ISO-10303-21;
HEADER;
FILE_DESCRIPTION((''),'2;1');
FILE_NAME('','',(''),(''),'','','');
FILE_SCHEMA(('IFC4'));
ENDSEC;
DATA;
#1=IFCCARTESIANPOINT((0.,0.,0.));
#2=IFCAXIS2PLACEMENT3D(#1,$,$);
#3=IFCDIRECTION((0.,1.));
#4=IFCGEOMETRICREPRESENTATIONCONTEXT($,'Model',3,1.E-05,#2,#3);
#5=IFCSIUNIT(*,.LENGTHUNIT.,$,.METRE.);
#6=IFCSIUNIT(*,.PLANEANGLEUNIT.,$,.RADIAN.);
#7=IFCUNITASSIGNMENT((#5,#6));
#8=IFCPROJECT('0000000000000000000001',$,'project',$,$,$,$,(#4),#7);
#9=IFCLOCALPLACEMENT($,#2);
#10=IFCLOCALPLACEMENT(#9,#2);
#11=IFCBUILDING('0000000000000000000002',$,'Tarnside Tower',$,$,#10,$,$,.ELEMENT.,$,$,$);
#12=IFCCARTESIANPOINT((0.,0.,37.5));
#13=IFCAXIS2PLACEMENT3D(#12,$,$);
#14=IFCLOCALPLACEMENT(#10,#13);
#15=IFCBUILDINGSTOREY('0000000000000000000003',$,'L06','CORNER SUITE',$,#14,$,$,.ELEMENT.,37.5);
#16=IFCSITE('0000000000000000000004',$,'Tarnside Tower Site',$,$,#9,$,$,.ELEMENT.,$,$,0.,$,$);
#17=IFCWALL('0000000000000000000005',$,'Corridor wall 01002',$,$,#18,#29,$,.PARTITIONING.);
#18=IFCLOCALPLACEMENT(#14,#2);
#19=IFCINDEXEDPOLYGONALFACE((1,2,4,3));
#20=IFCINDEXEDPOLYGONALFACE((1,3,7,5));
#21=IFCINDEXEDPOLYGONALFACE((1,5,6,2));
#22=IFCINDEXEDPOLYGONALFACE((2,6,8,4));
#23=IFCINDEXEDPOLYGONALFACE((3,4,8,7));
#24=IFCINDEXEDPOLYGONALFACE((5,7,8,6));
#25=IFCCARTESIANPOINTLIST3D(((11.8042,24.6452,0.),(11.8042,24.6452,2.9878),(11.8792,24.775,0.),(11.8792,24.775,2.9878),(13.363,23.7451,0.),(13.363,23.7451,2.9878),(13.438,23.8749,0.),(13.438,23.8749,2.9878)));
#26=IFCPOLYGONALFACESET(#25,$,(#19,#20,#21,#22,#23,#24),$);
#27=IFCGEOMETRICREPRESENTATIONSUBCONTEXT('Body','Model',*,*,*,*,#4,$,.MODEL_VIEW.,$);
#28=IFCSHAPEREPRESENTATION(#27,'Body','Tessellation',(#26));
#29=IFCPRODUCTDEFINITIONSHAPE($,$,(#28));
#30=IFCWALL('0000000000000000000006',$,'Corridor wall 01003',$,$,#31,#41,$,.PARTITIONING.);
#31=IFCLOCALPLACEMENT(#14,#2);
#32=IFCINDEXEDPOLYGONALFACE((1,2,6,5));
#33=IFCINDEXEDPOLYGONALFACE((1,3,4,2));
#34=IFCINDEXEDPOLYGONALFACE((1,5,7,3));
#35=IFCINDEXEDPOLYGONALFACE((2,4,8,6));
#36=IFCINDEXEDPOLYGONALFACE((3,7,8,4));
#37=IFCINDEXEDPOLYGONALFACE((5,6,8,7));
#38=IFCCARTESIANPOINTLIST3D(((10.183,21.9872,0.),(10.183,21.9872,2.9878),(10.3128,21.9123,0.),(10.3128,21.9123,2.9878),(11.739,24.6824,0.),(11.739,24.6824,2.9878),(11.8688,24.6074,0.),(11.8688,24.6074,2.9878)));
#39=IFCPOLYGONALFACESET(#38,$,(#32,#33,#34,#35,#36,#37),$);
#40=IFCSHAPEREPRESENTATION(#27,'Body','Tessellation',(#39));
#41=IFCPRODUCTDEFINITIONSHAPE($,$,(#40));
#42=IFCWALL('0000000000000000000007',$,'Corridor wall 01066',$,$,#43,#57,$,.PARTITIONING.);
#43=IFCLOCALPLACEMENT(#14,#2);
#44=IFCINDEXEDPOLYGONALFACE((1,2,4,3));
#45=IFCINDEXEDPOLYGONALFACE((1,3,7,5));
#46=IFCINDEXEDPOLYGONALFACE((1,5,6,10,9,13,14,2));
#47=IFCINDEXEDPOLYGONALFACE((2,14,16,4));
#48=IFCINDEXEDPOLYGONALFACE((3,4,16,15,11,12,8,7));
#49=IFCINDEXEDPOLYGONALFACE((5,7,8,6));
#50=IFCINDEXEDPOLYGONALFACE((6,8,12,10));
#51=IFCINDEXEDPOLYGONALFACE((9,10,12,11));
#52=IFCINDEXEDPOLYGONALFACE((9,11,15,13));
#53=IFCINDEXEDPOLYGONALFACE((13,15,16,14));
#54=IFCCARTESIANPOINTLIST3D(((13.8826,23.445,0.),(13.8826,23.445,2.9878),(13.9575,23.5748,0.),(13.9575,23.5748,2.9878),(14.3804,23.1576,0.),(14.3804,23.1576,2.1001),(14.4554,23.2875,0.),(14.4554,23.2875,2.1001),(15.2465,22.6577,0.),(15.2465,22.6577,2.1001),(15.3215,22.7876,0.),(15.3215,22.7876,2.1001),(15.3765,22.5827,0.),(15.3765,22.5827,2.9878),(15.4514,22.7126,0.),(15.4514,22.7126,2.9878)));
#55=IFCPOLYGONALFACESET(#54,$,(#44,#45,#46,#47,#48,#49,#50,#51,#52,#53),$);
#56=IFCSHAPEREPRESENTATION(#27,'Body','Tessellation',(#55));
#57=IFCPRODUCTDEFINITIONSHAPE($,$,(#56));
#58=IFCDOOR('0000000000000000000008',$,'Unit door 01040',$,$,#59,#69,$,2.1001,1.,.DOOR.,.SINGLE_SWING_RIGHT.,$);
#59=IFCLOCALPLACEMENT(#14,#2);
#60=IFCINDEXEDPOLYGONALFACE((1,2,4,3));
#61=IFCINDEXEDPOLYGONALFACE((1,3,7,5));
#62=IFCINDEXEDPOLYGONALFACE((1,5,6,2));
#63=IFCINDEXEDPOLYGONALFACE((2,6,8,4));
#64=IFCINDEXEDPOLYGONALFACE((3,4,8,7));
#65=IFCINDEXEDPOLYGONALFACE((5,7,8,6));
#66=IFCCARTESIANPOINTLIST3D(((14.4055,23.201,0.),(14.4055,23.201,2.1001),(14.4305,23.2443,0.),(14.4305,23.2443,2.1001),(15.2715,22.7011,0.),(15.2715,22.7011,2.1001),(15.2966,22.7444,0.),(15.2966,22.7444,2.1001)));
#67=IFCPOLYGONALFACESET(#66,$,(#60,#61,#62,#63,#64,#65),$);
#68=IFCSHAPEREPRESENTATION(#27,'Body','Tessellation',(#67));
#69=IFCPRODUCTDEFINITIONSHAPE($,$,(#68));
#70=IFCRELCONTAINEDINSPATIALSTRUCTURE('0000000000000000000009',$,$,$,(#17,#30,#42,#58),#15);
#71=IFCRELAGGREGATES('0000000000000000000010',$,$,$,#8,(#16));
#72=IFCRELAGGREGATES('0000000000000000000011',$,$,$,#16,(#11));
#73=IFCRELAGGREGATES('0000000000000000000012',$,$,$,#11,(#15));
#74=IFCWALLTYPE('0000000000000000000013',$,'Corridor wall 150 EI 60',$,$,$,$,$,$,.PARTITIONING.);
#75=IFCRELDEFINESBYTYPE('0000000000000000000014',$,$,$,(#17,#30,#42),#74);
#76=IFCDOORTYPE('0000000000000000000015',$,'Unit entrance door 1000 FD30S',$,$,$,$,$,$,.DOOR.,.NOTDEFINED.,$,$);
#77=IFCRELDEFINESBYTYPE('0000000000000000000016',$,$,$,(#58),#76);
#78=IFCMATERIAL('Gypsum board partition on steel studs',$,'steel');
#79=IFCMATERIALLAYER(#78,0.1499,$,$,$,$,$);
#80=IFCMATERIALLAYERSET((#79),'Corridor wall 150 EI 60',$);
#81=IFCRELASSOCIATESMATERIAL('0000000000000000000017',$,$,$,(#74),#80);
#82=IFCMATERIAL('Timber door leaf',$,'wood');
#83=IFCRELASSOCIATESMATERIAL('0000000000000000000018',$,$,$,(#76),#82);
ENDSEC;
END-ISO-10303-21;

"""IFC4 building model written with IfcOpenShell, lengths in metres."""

from ifc_helpers import new_model, si_unit, direction, frame, frame_2d, origin, place, context, subcontext, project, spatial, rectangle, extrude, material, layer, layer_set, type_object, element, fill, save


model = new_model("IFC4")

# Units and contexts
model_context = context("Model", 3, precision=1e-05, world=origin(), true_north=direction((0.0, 1.0)))
body_context = subcontext(model_context, "Body", "Model", "MODEL_VIEW")
ifc_project = project(units=[si_unit("LENGTHUNIT", "METRE"), si_unit("PLANEANGLEUNIT", "RADIAN")], contexts=[model_context])

# Site, building, storey
site_placement = place(None, origin())
site = spatial("IfcSite", under=ifc_project, at=site_placement, Name="Tarnside Tower Site", CompositionType="ELEMENT", RefElevation=0.0)
building_placement = place(site_placement, origin())
building = spatial("IfcBuilding", under=site, at=building_placement, Name="Tarnside Tower", CompositionType="ELEMENT")
storey_placement = place(building_placement, frame((0.0, 0.0, 37.5)))
storey = spatial("IfcBuildingStorey", under=building, at=storey_placement, Name="L06", Description="CORNER SUITE", CompositionType="ELEMENT", Elevation=37.5)

# Shared definitions
ifc_material_1 = material(Name="Gypsum board partition on steel studs", Category="steel")

# Shared definitions
ifc_layer_1 = layer(ifc_material_1, 0.1499)
ifc_layer_set_1 = layer_set([ifc_layer_1], Name="Corridor wall 150 EI 60")
wall_type_1 = type_object("IfcWallType", Name="Corridor wall 150 EI 60", PredefinedType="PARTITIONING", material=ifc_layer_set_1)
ifc_material_2 = material(Name="Timber door leaf", Category="wood")
door_type = type_object("IfcDoorType", Name="Unit entrance door 1000 FD30S", OperationType="NOTDEFINED", PredefinedType="DOOR", material=ifc_material_2)

# Walls
wall_1_placement = place(storey_placement, frame((13.4004, 23.8101, 0.0), z_axis=(0.0, 0.0, 1.0), x_axis=(-0.865989, 0.500063, 0.0)))
element("IfcWall", 1, at=wall_1_placement, inside=storey, type_object=wall_type_1, Name="Corridor wall 01002", PredefinedType="PARTITIONING", context=body_context, shape_type="SweptSolid", body=[
    extrude(rectangle(XDim=1.8, YDim=0.1499, at=frame_2d((0.8999, 0.0))), origin(), (0.0, 0.0, 1.0), 2.9878),
])
wall_2_placement = place(storey_placement, frame((11.804, 24.645, 0.0), z_axis=(0.0, 0.0, 1.0), x_axis=(-0.499978, -0.866038, 0.0)))
element("IfcWall", 2, at=wall_2_placement, inside=storey, type_object=wall_type_1, Name="Corridor wall 01003", PredefinedType="PARTITIONING", context=body_context, shape_type="SweptSolid", body=[
    extrude(rectangle(XDim=3.1121, YDim=0.1499, at=frame_2d((1.5562, 0.0))), origin(), (0.0, 0.0, 1.0), 2.9878),
])

# Wall, opening, door
wall_3_placement = place(storey_placement, frame((15.4138, 22.6477, 0.0), z_axis=(0.0, 0.0, 1.0), x_axis=(-0.866075, 0.499914, 0.0)))
wall_3 = element("IfcWall", 3, at=wall_3_placement, inside=storey, type_object=wall_type_1, Name="Corridor wall 01066", PredefinedType="PARTITIONING", context=body_context, shape_type="SweptSolid", body=[
    extrude(rectangle(XDim=1.7249, YDim=0.1499, at=frame_2d((0.8623, 0.0))), origin(), (0.0, 0.0, 1.0), 2.9878),
])
opening_1_placement = place(wall_3_placement, frame((0.1499, 0.0, 0.0)))
opening_1 = element("IfcOpeningElement", 4, at=opening_1_placement, cuts=wall_3, PredefinedType="OPENING", context=body_context, shape_type="SweptSolid", body=[
    extrude(rectangle(XDim=1.0, YDim=2.1001, at=frame_2d((0.5, 1.05))), frame((0.0, 0.085, 0.0), z_axis=(0.0, -1.0, 0.0), x_axis=(1.0, 0.0, 0.0)), (0.0, 0.0, 1.0), 0.1699),
])
door_1_placement = place(opening_1_placement, origin())
door_1 = element("IfcDoor", 5, at=door_1_placement, inside=storey, type_object=door_type, Name="Unit door 01040", OperationType="SINGLE_SWING_RIGHT", OverallHeight=2.1001, OverallWidth=1.0, PredefinedType="DOOR", context=body_context, shape_type="SweptSolid", body=[
    extrude(rectangle(XDim=1.0, YDim=2.1001, at=frame_2d((0.5, 1.05))), frame((0.0, 0.0249, 0.0), z_axis=(0.0, -1.0, 0.0), x_axis=(1.0, 0.0, 0.0)), (0.0, 0.0, 1.0), 0.05),
])
fill(opening_1, door_1)

save(model, "model.ifc")
